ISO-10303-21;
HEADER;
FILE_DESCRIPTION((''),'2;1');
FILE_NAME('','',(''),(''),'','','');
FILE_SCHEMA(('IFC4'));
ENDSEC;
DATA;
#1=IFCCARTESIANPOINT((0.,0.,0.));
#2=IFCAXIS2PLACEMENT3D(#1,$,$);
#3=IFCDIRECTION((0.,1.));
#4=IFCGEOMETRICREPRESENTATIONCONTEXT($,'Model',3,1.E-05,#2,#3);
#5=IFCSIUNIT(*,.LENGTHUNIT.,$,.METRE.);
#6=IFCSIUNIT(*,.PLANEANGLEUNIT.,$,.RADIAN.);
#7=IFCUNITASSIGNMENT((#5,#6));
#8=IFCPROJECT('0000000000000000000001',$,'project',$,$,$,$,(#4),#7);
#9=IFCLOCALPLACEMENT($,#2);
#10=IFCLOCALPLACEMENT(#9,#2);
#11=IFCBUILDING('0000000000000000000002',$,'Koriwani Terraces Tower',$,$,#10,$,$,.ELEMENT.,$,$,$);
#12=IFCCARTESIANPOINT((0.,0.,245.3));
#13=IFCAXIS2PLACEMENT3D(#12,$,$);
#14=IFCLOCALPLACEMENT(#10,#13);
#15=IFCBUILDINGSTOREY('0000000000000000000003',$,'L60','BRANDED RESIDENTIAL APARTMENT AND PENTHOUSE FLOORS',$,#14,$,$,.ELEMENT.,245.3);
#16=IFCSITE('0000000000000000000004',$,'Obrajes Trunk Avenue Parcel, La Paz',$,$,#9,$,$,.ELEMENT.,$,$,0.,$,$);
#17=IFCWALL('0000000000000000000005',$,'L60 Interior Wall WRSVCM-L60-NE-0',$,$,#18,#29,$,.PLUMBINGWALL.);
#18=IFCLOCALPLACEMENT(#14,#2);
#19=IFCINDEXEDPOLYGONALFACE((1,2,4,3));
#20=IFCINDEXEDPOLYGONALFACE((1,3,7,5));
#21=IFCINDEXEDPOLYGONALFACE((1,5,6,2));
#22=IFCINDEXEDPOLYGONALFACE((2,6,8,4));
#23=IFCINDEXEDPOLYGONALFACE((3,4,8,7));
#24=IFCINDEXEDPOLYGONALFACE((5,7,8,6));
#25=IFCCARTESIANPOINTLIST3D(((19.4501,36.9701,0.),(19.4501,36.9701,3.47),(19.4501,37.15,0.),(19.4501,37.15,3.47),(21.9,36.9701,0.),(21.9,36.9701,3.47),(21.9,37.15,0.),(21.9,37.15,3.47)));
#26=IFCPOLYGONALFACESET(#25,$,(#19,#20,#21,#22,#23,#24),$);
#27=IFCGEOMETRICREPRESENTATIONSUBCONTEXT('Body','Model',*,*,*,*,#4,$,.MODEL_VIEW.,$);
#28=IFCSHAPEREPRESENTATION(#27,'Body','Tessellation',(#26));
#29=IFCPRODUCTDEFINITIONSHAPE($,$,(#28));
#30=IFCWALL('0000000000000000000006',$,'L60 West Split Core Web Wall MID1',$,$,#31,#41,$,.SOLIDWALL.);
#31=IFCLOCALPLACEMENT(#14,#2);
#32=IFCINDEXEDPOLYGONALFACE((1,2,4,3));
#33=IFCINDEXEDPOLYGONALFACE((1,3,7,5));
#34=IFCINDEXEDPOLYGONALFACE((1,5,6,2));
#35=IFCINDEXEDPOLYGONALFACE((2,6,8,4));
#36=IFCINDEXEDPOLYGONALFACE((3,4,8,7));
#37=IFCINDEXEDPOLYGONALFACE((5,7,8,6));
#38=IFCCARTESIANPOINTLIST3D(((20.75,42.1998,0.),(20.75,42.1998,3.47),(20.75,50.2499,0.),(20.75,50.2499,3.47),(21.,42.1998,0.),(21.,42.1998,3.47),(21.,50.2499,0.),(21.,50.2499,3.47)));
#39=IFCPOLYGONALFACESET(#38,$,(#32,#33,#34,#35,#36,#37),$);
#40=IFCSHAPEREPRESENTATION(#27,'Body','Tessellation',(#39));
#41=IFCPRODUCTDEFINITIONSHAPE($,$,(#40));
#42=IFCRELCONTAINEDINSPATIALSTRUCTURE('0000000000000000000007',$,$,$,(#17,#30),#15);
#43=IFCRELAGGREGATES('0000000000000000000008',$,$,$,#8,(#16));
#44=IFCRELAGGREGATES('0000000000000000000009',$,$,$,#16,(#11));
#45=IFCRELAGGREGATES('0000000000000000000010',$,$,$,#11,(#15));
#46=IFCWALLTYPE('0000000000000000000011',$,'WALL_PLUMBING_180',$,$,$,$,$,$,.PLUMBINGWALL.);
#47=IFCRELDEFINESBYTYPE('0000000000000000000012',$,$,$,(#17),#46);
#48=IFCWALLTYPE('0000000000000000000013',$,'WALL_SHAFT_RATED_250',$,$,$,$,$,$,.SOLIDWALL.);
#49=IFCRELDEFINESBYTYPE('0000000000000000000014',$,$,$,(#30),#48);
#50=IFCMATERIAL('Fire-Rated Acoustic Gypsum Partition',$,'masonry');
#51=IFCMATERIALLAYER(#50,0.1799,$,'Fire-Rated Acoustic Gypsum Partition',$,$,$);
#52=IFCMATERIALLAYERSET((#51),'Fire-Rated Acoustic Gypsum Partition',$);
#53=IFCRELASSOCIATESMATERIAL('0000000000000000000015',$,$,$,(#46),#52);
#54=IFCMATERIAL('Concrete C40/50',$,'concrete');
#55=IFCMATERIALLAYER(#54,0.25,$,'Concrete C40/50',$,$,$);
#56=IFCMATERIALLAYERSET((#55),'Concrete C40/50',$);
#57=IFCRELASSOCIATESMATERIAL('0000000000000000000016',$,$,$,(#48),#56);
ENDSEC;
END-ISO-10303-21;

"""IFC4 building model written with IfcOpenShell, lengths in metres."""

from ifc_helpers import new_model, si_unit, direction, frame, frame_2d, origin, place, context, subcontext, project, spatial, rectangle, extrude, material, layer, layer_set, type_object, element, save


model = new_model("IFC4")

# Units and contexts
model_context = context("Model", 3, precision=1e-05, world=origin(), true_north=direction((0.0, 1.0)))
body_context = subcontext(model_context, "Body", "Model", "MODEL_VIEW")
ifc_project = project(units=[si_unit("LENGTHUNIT", "METRE"), si_unit("PLANEANGLEUNIT", "RADIAN")], contexts=[model_context])

# Site, building, storey
site_placement = place(None, origin())
site = spatial("IfcSite", under=ifc_project, at=site_placement, Name="Obrajes Trunk Avenue Parcel, La Paz", CompositionType="ELEMENT", RefElevation=0.0)
building_placement = place(site_placement, origin())
building = spatial("IfcBuilding", under=site, at=building_placement, Name="Koriwani Terraces Tower", CompositionType="ELEMENT")
storey_placement = place(building_placement, frame((0.0, 0.0, 245.3)))
storey = spatial("IfcBuildingStorey", under=building, at=storey_placement, Name="L60", Description="BRANDED RESIDENTIAL APARTMENT AND PENTHOUSE FLOORS", CompositionType="ELEMENT", Elevation=245.3)

# Shared definitions
ifc_material_1 = material(Name="Concrete C40/50", Category="concrete")

# Shared definitions
ifc_material_2 = material(Name="Fire-Rated Acoustic Gypsum Partition", Category="masonry")
ifc_layer_1 = layer(ifc_material_2, 0.1799, Name="Fire-Rated Acoustic Gypsum Partition")
ifc_layer_set_1 = layer_set([ifc_layer_1], Name="Fire-Rated Acoustic Gypsum Partition")
wall_type_1 = type_object("IfcWallType", Name="WALL_PLUMBING_180", PredefinedType="PLUMBINGWALL", material=ifc_layer_set_1)

# Walls
for number, where, z_axis, x_axis, name in (
    (1, (19.45, 37.0601, 0.0), (0.0, 0.0, 1.0), (1.0, 0.0, 0.0), "L60 Interior Wall WRSVCM-L60-NE-0"),
):
    element("IfcWall", number, at=place(storey_placement, frame(where, z_axis=z_axis, x_axis=x_axis)), inside=storey, type_object=wall_type_1, Name=name, PredefinedType="PLUMBINGWALL", context=body_context, shape_type="SweptSolid", body=[
        extrude(rectangle(XDim=2.45, YDim=0.1799, at=frame_2d((1.2251, 0.0))), origin(), (0.0, 0.0, 1.0), 3.47),
    ])
ifc_layer_2 = layer(ifc_material_1, 0.25, Name="Concrete C40/50")
ifc_layer_set_2 = layer_set([ifc_layer_2], Name="Concrete C40/50")
wall_type_2 = type_object("IfcWallType", Name="WALL_SHAFT_RATED_250", PredefinedType="SOLIDWALL", material=ifc_layer_set_2)
wall_1_placement = place(storey_placement, frame((20.875, 42.2, 0.0), z_axis=(0.0, 0.0, 1.0), x_axis=(0.0, 1.0, 0.0)))
element("IfcWall", 2, at=wall_1_placement, inside=storey, type_object=wall_type_2, Name="L60 West Split Core Web Wall MID1", PredefinedType="SOLIDWALL", context=body_context, shape_type="SweptSolid", body=[
    extrude(rectangle(XDim=8.05, YDim=0.25, at=frame_2d((4.0249, 0.0))), origin(), (0.0, 0.0, 1.0), 3.47),
])

save(model, "model.ifc")
